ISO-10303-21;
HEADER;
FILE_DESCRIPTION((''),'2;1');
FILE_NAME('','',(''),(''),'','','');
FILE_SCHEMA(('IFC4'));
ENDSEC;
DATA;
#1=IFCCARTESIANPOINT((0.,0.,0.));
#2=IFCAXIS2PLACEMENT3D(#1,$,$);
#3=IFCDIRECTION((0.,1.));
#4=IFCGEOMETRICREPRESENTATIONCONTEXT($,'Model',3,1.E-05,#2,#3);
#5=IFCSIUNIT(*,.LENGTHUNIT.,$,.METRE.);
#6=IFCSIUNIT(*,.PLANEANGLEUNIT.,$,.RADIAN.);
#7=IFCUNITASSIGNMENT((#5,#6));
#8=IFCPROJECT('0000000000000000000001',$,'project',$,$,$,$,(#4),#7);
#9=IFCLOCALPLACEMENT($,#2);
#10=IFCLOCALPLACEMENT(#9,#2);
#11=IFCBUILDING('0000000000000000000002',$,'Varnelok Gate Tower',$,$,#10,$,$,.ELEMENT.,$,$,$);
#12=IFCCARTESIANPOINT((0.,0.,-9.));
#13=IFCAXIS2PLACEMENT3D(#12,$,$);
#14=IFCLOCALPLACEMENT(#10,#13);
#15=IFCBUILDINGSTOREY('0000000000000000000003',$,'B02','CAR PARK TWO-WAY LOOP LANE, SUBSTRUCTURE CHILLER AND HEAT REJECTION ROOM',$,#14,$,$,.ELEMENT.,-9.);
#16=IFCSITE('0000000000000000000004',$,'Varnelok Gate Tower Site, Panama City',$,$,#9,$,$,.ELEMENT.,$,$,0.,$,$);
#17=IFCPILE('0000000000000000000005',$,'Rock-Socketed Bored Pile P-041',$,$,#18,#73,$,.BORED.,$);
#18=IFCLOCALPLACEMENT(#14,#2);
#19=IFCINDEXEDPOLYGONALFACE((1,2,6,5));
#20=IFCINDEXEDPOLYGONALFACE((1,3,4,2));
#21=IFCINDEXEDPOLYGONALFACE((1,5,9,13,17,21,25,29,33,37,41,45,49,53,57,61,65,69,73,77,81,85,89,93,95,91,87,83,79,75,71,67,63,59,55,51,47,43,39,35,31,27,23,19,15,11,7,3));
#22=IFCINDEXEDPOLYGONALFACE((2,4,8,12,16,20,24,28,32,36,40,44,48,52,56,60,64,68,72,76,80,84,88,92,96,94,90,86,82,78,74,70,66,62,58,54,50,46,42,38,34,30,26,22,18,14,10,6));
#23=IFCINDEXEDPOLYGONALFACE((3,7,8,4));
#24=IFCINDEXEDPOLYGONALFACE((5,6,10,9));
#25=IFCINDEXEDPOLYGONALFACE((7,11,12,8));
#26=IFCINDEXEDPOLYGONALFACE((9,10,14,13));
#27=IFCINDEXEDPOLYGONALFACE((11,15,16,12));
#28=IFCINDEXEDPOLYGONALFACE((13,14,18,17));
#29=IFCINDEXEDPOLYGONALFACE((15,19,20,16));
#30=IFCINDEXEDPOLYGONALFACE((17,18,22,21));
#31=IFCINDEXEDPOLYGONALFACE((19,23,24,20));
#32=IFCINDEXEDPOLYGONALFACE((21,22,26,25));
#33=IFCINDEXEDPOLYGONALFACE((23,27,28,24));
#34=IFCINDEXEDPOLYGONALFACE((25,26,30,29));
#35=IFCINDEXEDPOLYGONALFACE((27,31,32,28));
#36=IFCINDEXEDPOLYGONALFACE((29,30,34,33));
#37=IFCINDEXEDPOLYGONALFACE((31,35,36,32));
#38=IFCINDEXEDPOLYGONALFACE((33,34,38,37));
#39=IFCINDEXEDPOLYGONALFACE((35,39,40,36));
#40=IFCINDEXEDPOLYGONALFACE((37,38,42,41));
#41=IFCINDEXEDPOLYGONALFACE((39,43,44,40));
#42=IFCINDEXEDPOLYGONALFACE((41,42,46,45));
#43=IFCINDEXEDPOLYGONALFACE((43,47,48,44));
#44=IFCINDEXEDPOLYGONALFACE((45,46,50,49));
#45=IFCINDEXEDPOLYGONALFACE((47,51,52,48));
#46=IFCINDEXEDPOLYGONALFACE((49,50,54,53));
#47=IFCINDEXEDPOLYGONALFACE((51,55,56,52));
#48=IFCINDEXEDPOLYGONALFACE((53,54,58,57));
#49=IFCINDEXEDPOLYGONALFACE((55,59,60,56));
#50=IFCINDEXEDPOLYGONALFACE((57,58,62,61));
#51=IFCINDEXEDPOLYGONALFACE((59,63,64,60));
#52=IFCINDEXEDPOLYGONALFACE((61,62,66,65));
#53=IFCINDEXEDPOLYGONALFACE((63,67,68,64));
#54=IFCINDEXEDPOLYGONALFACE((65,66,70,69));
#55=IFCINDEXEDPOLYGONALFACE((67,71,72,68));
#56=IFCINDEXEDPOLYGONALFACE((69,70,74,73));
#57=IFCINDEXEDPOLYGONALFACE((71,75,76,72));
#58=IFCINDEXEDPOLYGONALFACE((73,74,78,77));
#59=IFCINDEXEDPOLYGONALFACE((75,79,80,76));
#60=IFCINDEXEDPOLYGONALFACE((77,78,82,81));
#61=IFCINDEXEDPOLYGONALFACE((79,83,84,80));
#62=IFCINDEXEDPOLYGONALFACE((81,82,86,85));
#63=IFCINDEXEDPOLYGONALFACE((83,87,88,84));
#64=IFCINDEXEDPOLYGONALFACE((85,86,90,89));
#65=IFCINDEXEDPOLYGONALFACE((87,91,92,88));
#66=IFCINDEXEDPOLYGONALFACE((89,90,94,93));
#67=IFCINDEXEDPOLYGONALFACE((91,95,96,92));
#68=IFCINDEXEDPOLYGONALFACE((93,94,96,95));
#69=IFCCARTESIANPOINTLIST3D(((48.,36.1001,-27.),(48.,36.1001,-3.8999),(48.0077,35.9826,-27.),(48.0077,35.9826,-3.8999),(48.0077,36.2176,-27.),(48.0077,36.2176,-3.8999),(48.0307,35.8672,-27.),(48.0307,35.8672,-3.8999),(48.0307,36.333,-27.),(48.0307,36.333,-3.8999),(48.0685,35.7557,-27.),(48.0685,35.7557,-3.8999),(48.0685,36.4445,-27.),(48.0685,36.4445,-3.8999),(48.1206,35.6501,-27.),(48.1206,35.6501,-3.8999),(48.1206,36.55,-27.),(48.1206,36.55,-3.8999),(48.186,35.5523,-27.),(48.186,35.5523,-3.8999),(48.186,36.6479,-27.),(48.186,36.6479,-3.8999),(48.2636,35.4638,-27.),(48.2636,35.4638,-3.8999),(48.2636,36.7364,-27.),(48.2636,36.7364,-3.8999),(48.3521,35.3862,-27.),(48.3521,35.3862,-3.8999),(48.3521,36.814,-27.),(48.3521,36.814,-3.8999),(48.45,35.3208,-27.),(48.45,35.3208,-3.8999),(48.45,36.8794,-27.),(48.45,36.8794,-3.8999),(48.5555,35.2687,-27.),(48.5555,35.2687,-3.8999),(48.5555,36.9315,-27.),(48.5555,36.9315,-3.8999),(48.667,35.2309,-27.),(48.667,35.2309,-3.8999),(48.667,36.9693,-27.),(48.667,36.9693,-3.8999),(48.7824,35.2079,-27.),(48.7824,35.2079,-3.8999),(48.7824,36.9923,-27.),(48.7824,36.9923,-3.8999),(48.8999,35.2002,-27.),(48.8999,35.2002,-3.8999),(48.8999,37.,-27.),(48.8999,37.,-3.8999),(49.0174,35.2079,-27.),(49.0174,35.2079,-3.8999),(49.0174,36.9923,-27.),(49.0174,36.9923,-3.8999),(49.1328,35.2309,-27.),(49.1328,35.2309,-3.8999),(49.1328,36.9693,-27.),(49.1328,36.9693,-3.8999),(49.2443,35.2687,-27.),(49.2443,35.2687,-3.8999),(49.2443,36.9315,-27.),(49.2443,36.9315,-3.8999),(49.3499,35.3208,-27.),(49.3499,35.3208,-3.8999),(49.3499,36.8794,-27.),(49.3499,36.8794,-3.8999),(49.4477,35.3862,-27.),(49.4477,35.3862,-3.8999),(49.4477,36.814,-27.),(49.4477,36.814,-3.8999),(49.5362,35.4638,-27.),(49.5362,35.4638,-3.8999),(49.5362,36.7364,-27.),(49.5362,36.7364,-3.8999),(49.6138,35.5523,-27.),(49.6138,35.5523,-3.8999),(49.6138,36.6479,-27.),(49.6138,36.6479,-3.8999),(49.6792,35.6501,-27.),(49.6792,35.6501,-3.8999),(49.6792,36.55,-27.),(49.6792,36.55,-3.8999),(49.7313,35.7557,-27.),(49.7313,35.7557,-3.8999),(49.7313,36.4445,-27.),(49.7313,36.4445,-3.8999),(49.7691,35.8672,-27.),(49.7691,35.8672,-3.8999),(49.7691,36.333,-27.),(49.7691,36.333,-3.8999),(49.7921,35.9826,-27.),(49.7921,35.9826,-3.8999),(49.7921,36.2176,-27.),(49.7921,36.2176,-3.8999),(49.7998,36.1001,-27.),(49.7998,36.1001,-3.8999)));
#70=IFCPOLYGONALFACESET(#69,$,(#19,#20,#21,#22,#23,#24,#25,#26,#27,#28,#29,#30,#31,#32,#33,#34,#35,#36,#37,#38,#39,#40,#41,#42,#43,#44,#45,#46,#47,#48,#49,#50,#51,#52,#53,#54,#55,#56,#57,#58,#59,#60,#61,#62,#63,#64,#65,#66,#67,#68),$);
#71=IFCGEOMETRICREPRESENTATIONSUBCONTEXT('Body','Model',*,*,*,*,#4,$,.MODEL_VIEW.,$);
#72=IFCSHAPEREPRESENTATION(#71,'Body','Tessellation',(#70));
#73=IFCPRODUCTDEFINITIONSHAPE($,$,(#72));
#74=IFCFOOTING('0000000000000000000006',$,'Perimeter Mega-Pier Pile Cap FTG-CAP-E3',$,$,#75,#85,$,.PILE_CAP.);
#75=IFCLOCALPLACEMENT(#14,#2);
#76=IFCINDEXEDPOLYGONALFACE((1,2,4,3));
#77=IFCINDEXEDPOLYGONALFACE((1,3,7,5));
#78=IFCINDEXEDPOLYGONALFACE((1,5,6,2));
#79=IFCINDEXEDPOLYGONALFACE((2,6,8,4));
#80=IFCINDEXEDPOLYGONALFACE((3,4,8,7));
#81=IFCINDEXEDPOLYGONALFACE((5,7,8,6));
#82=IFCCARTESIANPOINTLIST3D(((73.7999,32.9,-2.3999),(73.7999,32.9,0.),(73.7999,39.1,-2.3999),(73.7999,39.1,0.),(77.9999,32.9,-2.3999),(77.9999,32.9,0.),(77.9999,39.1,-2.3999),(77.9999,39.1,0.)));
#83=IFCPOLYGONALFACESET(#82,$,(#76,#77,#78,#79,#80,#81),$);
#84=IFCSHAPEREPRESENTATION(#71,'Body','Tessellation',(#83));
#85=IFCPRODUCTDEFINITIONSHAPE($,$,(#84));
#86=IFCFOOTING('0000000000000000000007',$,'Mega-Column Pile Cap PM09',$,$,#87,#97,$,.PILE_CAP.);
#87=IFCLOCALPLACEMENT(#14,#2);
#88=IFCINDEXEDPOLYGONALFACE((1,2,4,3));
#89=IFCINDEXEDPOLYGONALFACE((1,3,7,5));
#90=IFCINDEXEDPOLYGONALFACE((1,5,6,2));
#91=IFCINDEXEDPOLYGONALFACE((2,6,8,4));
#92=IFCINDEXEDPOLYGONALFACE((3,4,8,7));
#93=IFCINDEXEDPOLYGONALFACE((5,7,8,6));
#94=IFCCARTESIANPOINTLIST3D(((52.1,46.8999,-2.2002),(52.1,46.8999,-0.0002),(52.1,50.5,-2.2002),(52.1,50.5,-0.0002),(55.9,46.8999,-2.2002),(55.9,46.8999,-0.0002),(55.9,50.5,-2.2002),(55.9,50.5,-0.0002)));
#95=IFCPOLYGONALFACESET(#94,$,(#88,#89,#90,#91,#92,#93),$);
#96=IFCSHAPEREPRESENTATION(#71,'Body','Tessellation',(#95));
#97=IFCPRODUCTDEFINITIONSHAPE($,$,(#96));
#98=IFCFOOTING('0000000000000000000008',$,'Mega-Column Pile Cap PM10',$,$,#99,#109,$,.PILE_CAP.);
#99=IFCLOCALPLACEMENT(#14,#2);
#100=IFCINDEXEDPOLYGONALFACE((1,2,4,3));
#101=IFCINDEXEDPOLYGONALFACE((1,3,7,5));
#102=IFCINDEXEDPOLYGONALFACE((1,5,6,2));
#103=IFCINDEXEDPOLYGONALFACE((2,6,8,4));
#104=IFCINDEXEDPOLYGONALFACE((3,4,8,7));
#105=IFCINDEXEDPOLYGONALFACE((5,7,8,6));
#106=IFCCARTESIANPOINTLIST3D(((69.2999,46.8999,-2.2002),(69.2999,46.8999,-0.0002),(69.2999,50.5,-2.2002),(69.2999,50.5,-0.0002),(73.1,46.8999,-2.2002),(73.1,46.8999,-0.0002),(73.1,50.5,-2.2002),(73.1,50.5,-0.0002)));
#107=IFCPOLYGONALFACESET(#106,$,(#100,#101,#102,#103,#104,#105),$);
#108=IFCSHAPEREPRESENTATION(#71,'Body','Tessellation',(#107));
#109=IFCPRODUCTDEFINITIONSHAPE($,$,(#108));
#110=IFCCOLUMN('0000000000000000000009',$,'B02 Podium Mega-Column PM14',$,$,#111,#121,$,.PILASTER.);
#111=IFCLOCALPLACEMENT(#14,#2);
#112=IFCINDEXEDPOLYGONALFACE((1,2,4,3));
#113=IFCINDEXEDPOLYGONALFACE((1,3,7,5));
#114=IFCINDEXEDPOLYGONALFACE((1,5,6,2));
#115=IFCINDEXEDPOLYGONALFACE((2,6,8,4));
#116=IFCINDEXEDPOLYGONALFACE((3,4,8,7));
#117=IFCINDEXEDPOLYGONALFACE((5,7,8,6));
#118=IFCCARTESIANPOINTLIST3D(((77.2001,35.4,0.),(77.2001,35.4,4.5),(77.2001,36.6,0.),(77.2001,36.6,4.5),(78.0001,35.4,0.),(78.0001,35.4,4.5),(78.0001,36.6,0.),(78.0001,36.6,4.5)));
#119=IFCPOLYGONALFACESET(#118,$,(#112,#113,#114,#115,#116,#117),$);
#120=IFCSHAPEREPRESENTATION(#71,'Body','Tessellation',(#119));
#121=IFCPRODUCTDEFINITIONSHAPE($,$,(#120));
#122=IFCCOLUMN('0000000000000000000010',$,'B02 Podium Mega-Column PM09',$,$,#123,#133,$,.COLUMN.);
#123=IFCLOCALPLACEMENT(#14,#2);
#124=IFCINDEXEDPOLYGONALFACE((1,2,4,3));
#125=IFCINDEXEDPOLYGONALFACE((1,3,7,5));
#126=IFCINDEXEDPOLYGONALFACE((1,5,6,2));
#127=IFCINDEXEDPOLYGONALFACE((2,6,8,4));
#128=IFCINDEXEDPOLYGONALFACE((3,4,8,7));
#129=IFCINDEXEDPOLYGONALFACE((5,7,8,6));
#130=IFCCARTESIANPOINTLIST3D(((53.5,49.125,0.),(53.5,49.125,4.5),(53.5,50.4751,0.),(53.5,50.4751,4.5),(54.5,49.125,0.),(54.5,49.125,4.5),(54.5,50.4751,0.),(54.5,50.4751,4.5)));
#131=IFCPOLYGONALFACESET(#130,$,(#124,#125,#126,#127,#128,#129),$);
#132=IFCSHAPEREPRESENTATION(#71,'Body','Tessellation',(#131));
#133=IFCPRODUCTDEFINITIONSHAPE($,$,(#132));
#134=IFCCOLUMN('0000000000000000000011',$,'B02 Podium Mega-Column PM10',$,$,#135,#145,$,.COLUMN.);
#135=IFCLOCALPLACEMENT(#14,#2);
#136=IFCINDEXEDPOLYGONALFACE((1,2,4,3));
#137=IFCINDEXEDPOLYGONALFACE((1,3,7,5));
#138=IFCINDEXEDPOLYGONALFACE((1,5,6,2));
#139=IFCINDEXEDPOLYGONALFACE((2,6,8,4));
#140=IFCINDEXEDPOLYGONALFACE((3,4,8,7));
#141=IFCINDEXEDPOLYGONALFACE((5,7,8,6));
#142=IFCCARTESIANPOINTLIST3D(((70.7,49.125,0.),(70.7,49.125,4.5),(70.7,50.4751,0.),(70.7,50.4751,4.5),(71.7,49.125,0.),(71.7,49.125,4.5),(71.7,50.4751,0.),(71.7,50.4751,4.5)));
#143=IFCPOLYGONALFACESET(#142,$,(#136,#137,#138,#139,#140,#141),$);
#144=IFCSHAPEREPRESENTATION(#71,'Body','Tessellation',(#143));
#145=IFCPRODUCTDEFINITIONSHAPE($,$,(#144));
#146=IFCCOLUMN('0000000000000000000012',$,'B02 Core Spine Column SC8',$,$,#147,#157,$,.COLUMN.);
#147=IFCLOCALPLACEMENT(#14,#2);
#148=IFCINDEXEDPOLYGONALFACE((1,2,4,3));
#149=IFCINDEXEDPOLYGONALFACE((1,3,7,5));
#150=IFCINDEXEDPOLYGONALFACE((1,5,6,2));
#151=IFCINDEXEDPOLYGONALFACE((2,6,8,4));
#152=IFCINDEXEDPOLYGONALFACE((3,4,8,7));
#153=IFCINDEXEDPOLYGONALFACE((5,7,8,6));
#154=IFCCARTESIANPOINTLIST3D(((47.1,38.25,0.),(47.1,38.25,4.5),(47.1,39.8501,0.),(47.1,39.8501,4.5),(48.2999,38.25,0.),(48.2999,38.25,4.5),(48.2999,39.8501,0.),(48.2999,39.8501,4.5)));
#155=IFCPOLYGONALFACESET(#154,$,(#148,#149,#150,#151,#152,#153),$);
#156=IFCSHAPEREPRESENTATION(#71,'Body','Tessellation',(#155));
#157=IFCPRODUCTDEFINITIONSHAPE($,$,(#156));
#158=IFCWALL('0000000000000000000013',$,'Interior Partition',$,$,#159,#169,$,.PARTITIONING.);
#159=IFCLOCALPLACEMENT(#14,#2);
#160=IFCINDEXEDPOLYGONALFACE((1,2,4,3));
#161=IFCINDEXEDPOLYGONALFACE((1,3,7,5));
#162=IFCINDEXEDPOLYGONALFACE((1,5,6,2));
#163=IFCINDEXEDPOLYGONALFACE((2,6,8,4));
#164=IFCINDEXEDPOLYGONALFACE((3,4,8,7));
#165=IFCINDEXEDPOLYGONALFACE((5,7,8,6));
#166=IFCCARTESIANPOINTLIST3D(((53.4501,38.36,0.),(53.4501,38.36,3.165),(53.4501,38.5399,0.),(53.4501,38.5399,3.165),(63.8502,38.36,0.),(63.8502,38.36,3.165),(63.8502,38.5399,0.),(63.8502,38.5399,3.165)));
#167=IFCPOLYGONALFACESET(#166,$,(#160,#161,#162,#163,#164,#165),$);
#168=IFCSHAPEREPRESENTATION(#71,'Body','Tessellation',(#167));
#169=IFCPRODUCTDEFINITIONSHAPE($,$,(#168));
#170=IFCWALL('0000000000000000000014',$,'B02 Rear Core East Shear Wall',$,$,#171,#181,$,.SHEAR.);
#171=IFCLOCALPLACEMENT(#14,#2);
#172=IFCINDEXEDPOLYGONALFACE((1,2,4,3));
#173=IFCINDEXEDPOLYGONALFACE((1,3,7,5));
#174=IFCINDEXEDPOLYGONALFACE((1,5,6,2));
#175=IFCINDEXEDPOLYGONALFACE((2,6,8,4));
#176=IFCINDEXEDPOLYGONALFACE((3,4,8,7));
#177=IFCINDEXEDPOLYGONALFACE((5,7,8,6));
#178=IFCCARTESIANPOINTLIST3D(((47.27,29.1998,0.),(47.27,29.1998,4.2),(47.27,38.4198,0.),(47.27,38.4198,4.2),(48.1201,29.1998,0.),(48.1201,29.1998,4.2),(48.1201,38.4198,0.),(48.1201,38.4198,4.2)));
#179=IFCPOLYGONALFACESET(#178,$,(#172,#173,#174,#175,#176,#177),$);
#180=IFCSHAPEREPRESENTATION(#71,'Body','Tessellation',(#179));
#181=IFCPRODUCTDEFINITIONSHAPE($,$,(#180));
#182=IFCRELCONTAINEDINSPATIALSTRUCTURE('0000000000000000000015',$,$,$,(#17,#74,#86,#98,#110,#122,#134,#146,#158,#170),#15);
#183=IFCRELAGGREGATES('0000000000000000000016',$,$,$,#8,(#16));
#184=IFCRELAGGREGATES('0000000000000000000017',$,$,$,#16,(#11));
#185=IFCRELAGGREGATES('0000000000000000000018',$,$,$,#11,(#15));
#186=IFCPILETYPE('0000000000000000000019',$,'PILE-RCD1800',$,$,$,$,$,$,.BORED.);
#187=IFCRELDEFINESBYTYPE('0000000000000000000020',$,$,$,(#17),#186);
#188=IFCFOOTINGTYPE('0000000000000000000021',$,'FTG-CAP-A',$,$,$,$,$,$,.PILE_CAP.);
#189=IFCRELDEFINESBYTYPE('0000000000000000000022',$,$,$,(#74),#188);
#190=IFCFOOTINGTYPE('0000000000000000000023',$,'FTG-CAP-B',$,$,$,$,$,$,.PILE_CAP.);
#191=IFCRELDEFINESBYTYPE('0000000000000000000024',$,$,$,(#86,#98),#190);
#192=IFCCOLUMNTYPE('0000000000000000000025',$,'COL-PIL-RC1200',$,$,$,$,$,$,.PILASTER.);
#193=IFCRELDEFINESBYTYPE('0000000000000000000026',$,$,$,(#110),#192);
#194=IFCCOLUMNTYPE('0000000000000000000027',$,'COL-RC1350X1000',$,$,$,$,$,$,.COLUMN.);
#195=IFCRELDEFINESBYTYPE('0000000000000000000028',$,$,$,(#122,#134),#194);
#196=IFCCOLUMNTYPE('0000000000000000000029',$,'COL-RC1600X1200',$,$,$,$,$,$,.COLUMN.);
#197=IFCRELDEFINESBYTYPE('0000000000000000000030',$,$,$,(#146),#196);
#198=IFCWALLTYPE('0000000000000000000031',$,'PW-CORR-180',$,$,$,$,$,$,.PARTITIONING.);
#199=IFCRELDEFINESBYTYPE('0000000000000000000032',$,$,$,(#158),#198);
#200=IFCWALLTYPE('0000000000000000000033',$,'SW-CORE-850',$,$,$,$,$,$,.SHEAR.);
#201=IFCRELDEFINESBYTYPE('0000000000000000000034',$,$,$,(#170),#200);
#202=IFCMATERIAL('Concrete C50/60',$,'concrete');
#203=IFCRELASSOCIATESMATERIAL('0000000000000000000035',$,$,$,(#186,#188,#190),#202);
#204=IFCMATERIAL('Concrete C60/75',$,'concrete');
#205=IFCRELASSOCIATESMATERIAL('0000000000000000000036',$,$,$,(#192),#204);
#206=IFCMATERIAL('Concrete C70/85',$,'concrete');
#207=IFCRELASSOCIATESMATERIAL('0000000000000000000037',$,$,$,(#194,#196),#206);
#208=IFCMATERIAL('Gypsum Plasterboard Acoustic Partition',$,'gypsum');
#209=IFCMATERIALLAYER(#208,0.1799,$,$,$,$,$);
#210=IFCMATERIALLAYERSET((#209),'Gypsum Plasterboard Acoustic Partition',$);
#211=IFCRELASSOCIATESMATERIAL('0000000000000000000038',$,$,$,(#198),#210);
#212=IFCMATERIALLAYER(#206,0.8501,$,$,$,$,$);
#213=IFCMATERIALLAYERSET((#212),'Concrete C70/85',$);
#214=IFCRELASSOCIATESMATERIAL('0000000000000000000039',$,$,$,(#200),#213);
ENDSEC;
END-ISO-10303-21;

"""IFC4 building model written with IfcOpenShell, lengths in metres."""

from ifc_helpers import new_model, si_unit, direction, frame, frame_2d, origin, origin_2d, place, context, subcontext, project, spatial, rectangle, circle, extrude, source, transform, mapped, material, layer, layer_set, material_profile, profile_set, type_object, element, save


model = new_model("IFC4")

# Units and contexts
model_context = context("Model", 3, precision=1e-05, world=origin(), true_north=direction((0.0, 1.0)))
body_context = subcontext(model_context, "Body", "Model", "MODEL_VIEW")
ifc_project = project(units=[si_unit("LENGTHUNIT", "METRE"), si_unit("PLANEANGLEUNIT", "RADIAN")], contexts=[model_context])

# Site, building, storey
site_placement = place(None, origin())
site = spatial("IfcSite", under=ifc_project, at=site_placement, Name="Varnelok Gate Tower Site, Panama City", CompositionType="ELEMENT", RefElevation=0.0)
building_placement = place(site_placement, origin())
building = spatial("IfcBuilding", under=site, at=building_placement, Name="Varnelok Gate Tower", CompositionType="ELEMENT")
storey_placement = place(building_placement, frame((0.0, 0.0, -9.0)))
storey = spatial("IfcBuildingStorey", under=building, at=storey_placement, Name="B02", Description="CAR PARK TWO-WAY LOOP LANE, SUBSTRUCTURE CHILLER AND HEAT REJECTION ROOM", CompositionType="ELEMENT", Elevation=-9.0)

# Shared definitions
ifc_material_1 = material(Name="Concrete C50/60", Category="concrete")

# Pile
ifc_material_profile_1 = material_profile(ifc_material_1, circle(Radius=0.8999, at=origin_2d()), Name="RCD1800")
ifc_profile_set_1 = profile_set([ifc_material_profile_1], Name="Concrete C50/60")
pile_type_1 = type_object("IfcPileType", Name="PILE-RCD1800", PredefinedType="BORED", material=ifc_profile_set_1)
pile_placement = place(storey_placement, frame((48.8999, 36.1001, -3.8999), z_axis=(0.0, 0.0, -1.0), x_axis=(1.0, 0.0, 0.0)))
element("IfcPile", 1, at=pile_placement, inside=storey, type_object=pile_type_1, Name="Rock-Socketed Bored Pile P-041", PredefinedType="BORED", context=body_context, shape_type="SweptSolid", body=[
    extrude(circle(Radius=0.8999, at=origin_2d()), origin(), (0.0, 0.0, 1.0), 23.1001),
])

# Footings
footing_type_1 = type_object("IfcFootingType", Name="FTG-CAP-A", PredefinedType="PILE_CAP", material=ifc_material_1)
shared_shape_1 = source(origin(), body_context, "Body", "SweptSolid", [
    extrude(rectangle(XDim=4.2, YDim=6.2, at=origin_2d()), origin(), (0.0, 0.0, 1.0), 2.3999),
])
footing_1_placement = place(storey_placement, frame((75.8999, 36.0, -2.3999), z_axis=(0.0, 0.0, 1.0), x_axis=(1.0, 0.0, 0.0)))
element("IfcFooting", 2, at=footing_1_placement, inside=storey, type_object=footing_type_1, Name="Perimeter Mega-Pier Pile Cap FTG-CAP-E3", PredefinedType="PILE_CAP", context=body_context, shape_type="MappedRepresentation", body=[
    mapped(shared_shape_1, transform((0.0, 0.0, 0.0), scale=1.0)),
])
footing_type_2 = type_object("IfcFootingType", Name="FTG-CAP-B", PredefinedType="PILE_CAP", material=ifc_material_1)
shared_shape_2 = source(origin(), body_context, "Body", "SweptSolid", [
    extrude(rectangle(XDim=3.8, YDim=3.6001, at=origin_2d()), origin(), (0.0, 0.0, 1.0), 2.2),
])
for number, where, z_axis, x_axis, name in (
    (3, (54.0, 48.7, -2.2002), (0.0, 0.0, 1.0), (1.0, 0.0, 0.0), "Mega-Column Pile Cap PM09"),
    (4, (71.2, 48.7, -2.2002), (0.0, 0.0, 1.0), (1.0, 0.0, 0.0), "Mega-Column Pile Cap PM10"),
):
    element("IfcFooting", number, at=place(storey_placement, frame(where, z_axis=z_axis, x_axis=x_axis)), inside=storey, type_object=footing_type_2, Name=name, PredefinedType="PILE_CAP", context=body_context, shape_type="MappedRepresentation", body=[
        mapped(shared_shape_2, transform((0.0, 0.0, 0.0), scale=1.0)),
    ])

# Columns
ifc_material_2 = material(Name="Concrete C60/75", Category="concrete")
ifc_material_profile_2 = material_profile(ifc_material_2, rectangle(XDim=0.8, YDim=1.2, at=origin_2d()), Name="RC1200X800")
ifc_profile_set_2 = profile_set([ifc_material_profile_2], Name="Concrete C60/75")
column_type_1 = type_object("IfcColumnType", Name="COL-PIL-RC1200", PredefinedType="PILASTER", material=ifc_profile_set_2)
column_1_placement = place(storey_placement, frame((77.6001, 36.0, 0.0), z_axis=(0.0, 0.0, 1.0), x_axis=(1.0, 0.0, 0.0)))
element("IfcColumn", 5, at=column_1_placement, inside=storey, type_object=column_type_1, Name="B02 Podium Mega-Column PM14", PredefinedType="PILASTER", context=body_context, shape_type="SweptSolid", body=[
    extrude(rectangle(XDim=0.8, YDim=1.2, at=origin_2d()), origin(), (0.0, 0.0, 1.0), 4.5),
])
ifc_material_3 = material(Name="Concrete C70/85", Category="concrete")
ifc_material_profile_3 = material_profile(ifc_material_3, rectangle(XDim=1.0, YDim=1.3501, at=origin_2d()), Name="RC1350X1000")
ifc_profile_set_3 = profile_set([ifc_material_profile_3], Name="Concrete C70/85")
column_type_2 = type_object("IfcColumnType", Name="COL-RC1350X1000", PredefinedType="COLUMN", material=ifc_profile_set_3)
for number, where, z_axis, x_axis, name in (
    (6, (54.0, 49.8, 0.0), (0.0, 0.0, 1.0), (1.0, 0.0, 0.0), "B02 Podium Mega-Column PM09"),
    (7, (71.2, 49.8, 0.0), (0.0, 0.0, 1.0), (1.0, 0.0, 0.0), "B02 Podium Mega-Column PM10"),
):
    element("IfcColumn", number, at=place(storey_placement, frame(where, z_axis=z_axis, x_axis=x_axis)), inside=storey, type_object=column_type_2, Name=name, PredefinedType="COLUMN", context=body_context, shape_type="SweptSolid", body=[
        extrude(rectangle(XDim=1.0, YDim=1.3501, at=origin_2d()), origin(), (0.0, 0.0, 1.0), 4.5),
    ])
ifc_material_profile_4 = material_profile(ifc_material_3, rectangle(XDim=1.2, YDim=1.6001, at=origin_2d()), Name="RC1600X1200")
ifc_profile_set_4 = profile_set([ifc_material_profile_4], Name="Concrete C70/85")
column_type_3 = type_object("IfcColumnType", Name="COL-RC1600X1200", PredefinedType="COLUMN", material=ifc_profile_set_4)
column_2_placement = place(storey_placement, frame((47.7, 39.05, 0.0), z_axis=(0.0, 0.0, 1.0), x_axis=(1.0, 0.0, 0.0)))
element("IfcColumn", 8, at=column_2_placement, inside=storey, type_object=column_type_3, Name="B02 Core Spine Column SC8", PredefinedType="COLUMN", context=body_context, shape_type="SweptSolid", body=[
    extrude(rectangle(XDim=1.2, YDim=1.6001, at=origin_2d()), origin(), (0.0, 0.0, 1.0), 4.5),
])

# Walls
ifc_material_4 = material(Name="Gypsum Plasterboard Acoustic Partition", Category="gypsum")
ifc_layer_1 = layer(ifc_material_4, 0.1799)
ifc_layer_set_1 = layer_set([ifc_layer_1], Name="Gypsum Plasterboard Acoustic Partition")
wall_type_1 = type_object("IfcWallType", Name="PW-CORR-180", PredefinedType="PARTITIONING", material=ifc_layer_set_1)
wall_1_placement = place(storey_placement, frame((53.45, 38.45, 0.0), z_axis=(0.0, 0.0, 1.0), x_axis=(1.0, 0.0, 0.0)))
element("IfcWall", 9, at=wall_1_placement, inside=storey, type_object=wall_type_1, Name="Interior Partition", PredefinedType="PARTITIONING", context=body_context, shape_type="SweptSolid", body=[
    extrude(rectangle(XDim=10.4001, YDim=0.1799, at=frame_2d((5.2002, 0.0))), origin(), (0.0, 0.0, 1.0), 3.165),
])
ifc_layer_2 = layer(ifc_material_3, 0.8501)
ifc_layer_set_2 = layer_set([ifc_layer_2], Name="Concrete C70/85")
wall_type_2 = type_object("IfcWallType", Name="SW-CORE-850", PredefinedType="SHEAR", material=ifc_layer_set_2)
wall_2_placement = place(storey_placement, frame((47.6951, 29.2, 0.0), z_axis=(0.0, 0.0, 1.0), x_axis=(0.0, 1.0, 0.0)))
element("IfcWall", 10, at=wall_2_placement, inside=storey, type_object=wall_type_2, Name="B02 Rear Core East Shear Wall", PredefinedType="SHEAR", context=body_context, shape_type="SweptSolid", body=[
    extrude(rectangle(XDim=9.22, YDim=0.8501, at=frame_2d((4.6099, 0.0))), origin(), (0.0, 0.0, 1.0), 4.2),
])

save(model, "model.ifc")
